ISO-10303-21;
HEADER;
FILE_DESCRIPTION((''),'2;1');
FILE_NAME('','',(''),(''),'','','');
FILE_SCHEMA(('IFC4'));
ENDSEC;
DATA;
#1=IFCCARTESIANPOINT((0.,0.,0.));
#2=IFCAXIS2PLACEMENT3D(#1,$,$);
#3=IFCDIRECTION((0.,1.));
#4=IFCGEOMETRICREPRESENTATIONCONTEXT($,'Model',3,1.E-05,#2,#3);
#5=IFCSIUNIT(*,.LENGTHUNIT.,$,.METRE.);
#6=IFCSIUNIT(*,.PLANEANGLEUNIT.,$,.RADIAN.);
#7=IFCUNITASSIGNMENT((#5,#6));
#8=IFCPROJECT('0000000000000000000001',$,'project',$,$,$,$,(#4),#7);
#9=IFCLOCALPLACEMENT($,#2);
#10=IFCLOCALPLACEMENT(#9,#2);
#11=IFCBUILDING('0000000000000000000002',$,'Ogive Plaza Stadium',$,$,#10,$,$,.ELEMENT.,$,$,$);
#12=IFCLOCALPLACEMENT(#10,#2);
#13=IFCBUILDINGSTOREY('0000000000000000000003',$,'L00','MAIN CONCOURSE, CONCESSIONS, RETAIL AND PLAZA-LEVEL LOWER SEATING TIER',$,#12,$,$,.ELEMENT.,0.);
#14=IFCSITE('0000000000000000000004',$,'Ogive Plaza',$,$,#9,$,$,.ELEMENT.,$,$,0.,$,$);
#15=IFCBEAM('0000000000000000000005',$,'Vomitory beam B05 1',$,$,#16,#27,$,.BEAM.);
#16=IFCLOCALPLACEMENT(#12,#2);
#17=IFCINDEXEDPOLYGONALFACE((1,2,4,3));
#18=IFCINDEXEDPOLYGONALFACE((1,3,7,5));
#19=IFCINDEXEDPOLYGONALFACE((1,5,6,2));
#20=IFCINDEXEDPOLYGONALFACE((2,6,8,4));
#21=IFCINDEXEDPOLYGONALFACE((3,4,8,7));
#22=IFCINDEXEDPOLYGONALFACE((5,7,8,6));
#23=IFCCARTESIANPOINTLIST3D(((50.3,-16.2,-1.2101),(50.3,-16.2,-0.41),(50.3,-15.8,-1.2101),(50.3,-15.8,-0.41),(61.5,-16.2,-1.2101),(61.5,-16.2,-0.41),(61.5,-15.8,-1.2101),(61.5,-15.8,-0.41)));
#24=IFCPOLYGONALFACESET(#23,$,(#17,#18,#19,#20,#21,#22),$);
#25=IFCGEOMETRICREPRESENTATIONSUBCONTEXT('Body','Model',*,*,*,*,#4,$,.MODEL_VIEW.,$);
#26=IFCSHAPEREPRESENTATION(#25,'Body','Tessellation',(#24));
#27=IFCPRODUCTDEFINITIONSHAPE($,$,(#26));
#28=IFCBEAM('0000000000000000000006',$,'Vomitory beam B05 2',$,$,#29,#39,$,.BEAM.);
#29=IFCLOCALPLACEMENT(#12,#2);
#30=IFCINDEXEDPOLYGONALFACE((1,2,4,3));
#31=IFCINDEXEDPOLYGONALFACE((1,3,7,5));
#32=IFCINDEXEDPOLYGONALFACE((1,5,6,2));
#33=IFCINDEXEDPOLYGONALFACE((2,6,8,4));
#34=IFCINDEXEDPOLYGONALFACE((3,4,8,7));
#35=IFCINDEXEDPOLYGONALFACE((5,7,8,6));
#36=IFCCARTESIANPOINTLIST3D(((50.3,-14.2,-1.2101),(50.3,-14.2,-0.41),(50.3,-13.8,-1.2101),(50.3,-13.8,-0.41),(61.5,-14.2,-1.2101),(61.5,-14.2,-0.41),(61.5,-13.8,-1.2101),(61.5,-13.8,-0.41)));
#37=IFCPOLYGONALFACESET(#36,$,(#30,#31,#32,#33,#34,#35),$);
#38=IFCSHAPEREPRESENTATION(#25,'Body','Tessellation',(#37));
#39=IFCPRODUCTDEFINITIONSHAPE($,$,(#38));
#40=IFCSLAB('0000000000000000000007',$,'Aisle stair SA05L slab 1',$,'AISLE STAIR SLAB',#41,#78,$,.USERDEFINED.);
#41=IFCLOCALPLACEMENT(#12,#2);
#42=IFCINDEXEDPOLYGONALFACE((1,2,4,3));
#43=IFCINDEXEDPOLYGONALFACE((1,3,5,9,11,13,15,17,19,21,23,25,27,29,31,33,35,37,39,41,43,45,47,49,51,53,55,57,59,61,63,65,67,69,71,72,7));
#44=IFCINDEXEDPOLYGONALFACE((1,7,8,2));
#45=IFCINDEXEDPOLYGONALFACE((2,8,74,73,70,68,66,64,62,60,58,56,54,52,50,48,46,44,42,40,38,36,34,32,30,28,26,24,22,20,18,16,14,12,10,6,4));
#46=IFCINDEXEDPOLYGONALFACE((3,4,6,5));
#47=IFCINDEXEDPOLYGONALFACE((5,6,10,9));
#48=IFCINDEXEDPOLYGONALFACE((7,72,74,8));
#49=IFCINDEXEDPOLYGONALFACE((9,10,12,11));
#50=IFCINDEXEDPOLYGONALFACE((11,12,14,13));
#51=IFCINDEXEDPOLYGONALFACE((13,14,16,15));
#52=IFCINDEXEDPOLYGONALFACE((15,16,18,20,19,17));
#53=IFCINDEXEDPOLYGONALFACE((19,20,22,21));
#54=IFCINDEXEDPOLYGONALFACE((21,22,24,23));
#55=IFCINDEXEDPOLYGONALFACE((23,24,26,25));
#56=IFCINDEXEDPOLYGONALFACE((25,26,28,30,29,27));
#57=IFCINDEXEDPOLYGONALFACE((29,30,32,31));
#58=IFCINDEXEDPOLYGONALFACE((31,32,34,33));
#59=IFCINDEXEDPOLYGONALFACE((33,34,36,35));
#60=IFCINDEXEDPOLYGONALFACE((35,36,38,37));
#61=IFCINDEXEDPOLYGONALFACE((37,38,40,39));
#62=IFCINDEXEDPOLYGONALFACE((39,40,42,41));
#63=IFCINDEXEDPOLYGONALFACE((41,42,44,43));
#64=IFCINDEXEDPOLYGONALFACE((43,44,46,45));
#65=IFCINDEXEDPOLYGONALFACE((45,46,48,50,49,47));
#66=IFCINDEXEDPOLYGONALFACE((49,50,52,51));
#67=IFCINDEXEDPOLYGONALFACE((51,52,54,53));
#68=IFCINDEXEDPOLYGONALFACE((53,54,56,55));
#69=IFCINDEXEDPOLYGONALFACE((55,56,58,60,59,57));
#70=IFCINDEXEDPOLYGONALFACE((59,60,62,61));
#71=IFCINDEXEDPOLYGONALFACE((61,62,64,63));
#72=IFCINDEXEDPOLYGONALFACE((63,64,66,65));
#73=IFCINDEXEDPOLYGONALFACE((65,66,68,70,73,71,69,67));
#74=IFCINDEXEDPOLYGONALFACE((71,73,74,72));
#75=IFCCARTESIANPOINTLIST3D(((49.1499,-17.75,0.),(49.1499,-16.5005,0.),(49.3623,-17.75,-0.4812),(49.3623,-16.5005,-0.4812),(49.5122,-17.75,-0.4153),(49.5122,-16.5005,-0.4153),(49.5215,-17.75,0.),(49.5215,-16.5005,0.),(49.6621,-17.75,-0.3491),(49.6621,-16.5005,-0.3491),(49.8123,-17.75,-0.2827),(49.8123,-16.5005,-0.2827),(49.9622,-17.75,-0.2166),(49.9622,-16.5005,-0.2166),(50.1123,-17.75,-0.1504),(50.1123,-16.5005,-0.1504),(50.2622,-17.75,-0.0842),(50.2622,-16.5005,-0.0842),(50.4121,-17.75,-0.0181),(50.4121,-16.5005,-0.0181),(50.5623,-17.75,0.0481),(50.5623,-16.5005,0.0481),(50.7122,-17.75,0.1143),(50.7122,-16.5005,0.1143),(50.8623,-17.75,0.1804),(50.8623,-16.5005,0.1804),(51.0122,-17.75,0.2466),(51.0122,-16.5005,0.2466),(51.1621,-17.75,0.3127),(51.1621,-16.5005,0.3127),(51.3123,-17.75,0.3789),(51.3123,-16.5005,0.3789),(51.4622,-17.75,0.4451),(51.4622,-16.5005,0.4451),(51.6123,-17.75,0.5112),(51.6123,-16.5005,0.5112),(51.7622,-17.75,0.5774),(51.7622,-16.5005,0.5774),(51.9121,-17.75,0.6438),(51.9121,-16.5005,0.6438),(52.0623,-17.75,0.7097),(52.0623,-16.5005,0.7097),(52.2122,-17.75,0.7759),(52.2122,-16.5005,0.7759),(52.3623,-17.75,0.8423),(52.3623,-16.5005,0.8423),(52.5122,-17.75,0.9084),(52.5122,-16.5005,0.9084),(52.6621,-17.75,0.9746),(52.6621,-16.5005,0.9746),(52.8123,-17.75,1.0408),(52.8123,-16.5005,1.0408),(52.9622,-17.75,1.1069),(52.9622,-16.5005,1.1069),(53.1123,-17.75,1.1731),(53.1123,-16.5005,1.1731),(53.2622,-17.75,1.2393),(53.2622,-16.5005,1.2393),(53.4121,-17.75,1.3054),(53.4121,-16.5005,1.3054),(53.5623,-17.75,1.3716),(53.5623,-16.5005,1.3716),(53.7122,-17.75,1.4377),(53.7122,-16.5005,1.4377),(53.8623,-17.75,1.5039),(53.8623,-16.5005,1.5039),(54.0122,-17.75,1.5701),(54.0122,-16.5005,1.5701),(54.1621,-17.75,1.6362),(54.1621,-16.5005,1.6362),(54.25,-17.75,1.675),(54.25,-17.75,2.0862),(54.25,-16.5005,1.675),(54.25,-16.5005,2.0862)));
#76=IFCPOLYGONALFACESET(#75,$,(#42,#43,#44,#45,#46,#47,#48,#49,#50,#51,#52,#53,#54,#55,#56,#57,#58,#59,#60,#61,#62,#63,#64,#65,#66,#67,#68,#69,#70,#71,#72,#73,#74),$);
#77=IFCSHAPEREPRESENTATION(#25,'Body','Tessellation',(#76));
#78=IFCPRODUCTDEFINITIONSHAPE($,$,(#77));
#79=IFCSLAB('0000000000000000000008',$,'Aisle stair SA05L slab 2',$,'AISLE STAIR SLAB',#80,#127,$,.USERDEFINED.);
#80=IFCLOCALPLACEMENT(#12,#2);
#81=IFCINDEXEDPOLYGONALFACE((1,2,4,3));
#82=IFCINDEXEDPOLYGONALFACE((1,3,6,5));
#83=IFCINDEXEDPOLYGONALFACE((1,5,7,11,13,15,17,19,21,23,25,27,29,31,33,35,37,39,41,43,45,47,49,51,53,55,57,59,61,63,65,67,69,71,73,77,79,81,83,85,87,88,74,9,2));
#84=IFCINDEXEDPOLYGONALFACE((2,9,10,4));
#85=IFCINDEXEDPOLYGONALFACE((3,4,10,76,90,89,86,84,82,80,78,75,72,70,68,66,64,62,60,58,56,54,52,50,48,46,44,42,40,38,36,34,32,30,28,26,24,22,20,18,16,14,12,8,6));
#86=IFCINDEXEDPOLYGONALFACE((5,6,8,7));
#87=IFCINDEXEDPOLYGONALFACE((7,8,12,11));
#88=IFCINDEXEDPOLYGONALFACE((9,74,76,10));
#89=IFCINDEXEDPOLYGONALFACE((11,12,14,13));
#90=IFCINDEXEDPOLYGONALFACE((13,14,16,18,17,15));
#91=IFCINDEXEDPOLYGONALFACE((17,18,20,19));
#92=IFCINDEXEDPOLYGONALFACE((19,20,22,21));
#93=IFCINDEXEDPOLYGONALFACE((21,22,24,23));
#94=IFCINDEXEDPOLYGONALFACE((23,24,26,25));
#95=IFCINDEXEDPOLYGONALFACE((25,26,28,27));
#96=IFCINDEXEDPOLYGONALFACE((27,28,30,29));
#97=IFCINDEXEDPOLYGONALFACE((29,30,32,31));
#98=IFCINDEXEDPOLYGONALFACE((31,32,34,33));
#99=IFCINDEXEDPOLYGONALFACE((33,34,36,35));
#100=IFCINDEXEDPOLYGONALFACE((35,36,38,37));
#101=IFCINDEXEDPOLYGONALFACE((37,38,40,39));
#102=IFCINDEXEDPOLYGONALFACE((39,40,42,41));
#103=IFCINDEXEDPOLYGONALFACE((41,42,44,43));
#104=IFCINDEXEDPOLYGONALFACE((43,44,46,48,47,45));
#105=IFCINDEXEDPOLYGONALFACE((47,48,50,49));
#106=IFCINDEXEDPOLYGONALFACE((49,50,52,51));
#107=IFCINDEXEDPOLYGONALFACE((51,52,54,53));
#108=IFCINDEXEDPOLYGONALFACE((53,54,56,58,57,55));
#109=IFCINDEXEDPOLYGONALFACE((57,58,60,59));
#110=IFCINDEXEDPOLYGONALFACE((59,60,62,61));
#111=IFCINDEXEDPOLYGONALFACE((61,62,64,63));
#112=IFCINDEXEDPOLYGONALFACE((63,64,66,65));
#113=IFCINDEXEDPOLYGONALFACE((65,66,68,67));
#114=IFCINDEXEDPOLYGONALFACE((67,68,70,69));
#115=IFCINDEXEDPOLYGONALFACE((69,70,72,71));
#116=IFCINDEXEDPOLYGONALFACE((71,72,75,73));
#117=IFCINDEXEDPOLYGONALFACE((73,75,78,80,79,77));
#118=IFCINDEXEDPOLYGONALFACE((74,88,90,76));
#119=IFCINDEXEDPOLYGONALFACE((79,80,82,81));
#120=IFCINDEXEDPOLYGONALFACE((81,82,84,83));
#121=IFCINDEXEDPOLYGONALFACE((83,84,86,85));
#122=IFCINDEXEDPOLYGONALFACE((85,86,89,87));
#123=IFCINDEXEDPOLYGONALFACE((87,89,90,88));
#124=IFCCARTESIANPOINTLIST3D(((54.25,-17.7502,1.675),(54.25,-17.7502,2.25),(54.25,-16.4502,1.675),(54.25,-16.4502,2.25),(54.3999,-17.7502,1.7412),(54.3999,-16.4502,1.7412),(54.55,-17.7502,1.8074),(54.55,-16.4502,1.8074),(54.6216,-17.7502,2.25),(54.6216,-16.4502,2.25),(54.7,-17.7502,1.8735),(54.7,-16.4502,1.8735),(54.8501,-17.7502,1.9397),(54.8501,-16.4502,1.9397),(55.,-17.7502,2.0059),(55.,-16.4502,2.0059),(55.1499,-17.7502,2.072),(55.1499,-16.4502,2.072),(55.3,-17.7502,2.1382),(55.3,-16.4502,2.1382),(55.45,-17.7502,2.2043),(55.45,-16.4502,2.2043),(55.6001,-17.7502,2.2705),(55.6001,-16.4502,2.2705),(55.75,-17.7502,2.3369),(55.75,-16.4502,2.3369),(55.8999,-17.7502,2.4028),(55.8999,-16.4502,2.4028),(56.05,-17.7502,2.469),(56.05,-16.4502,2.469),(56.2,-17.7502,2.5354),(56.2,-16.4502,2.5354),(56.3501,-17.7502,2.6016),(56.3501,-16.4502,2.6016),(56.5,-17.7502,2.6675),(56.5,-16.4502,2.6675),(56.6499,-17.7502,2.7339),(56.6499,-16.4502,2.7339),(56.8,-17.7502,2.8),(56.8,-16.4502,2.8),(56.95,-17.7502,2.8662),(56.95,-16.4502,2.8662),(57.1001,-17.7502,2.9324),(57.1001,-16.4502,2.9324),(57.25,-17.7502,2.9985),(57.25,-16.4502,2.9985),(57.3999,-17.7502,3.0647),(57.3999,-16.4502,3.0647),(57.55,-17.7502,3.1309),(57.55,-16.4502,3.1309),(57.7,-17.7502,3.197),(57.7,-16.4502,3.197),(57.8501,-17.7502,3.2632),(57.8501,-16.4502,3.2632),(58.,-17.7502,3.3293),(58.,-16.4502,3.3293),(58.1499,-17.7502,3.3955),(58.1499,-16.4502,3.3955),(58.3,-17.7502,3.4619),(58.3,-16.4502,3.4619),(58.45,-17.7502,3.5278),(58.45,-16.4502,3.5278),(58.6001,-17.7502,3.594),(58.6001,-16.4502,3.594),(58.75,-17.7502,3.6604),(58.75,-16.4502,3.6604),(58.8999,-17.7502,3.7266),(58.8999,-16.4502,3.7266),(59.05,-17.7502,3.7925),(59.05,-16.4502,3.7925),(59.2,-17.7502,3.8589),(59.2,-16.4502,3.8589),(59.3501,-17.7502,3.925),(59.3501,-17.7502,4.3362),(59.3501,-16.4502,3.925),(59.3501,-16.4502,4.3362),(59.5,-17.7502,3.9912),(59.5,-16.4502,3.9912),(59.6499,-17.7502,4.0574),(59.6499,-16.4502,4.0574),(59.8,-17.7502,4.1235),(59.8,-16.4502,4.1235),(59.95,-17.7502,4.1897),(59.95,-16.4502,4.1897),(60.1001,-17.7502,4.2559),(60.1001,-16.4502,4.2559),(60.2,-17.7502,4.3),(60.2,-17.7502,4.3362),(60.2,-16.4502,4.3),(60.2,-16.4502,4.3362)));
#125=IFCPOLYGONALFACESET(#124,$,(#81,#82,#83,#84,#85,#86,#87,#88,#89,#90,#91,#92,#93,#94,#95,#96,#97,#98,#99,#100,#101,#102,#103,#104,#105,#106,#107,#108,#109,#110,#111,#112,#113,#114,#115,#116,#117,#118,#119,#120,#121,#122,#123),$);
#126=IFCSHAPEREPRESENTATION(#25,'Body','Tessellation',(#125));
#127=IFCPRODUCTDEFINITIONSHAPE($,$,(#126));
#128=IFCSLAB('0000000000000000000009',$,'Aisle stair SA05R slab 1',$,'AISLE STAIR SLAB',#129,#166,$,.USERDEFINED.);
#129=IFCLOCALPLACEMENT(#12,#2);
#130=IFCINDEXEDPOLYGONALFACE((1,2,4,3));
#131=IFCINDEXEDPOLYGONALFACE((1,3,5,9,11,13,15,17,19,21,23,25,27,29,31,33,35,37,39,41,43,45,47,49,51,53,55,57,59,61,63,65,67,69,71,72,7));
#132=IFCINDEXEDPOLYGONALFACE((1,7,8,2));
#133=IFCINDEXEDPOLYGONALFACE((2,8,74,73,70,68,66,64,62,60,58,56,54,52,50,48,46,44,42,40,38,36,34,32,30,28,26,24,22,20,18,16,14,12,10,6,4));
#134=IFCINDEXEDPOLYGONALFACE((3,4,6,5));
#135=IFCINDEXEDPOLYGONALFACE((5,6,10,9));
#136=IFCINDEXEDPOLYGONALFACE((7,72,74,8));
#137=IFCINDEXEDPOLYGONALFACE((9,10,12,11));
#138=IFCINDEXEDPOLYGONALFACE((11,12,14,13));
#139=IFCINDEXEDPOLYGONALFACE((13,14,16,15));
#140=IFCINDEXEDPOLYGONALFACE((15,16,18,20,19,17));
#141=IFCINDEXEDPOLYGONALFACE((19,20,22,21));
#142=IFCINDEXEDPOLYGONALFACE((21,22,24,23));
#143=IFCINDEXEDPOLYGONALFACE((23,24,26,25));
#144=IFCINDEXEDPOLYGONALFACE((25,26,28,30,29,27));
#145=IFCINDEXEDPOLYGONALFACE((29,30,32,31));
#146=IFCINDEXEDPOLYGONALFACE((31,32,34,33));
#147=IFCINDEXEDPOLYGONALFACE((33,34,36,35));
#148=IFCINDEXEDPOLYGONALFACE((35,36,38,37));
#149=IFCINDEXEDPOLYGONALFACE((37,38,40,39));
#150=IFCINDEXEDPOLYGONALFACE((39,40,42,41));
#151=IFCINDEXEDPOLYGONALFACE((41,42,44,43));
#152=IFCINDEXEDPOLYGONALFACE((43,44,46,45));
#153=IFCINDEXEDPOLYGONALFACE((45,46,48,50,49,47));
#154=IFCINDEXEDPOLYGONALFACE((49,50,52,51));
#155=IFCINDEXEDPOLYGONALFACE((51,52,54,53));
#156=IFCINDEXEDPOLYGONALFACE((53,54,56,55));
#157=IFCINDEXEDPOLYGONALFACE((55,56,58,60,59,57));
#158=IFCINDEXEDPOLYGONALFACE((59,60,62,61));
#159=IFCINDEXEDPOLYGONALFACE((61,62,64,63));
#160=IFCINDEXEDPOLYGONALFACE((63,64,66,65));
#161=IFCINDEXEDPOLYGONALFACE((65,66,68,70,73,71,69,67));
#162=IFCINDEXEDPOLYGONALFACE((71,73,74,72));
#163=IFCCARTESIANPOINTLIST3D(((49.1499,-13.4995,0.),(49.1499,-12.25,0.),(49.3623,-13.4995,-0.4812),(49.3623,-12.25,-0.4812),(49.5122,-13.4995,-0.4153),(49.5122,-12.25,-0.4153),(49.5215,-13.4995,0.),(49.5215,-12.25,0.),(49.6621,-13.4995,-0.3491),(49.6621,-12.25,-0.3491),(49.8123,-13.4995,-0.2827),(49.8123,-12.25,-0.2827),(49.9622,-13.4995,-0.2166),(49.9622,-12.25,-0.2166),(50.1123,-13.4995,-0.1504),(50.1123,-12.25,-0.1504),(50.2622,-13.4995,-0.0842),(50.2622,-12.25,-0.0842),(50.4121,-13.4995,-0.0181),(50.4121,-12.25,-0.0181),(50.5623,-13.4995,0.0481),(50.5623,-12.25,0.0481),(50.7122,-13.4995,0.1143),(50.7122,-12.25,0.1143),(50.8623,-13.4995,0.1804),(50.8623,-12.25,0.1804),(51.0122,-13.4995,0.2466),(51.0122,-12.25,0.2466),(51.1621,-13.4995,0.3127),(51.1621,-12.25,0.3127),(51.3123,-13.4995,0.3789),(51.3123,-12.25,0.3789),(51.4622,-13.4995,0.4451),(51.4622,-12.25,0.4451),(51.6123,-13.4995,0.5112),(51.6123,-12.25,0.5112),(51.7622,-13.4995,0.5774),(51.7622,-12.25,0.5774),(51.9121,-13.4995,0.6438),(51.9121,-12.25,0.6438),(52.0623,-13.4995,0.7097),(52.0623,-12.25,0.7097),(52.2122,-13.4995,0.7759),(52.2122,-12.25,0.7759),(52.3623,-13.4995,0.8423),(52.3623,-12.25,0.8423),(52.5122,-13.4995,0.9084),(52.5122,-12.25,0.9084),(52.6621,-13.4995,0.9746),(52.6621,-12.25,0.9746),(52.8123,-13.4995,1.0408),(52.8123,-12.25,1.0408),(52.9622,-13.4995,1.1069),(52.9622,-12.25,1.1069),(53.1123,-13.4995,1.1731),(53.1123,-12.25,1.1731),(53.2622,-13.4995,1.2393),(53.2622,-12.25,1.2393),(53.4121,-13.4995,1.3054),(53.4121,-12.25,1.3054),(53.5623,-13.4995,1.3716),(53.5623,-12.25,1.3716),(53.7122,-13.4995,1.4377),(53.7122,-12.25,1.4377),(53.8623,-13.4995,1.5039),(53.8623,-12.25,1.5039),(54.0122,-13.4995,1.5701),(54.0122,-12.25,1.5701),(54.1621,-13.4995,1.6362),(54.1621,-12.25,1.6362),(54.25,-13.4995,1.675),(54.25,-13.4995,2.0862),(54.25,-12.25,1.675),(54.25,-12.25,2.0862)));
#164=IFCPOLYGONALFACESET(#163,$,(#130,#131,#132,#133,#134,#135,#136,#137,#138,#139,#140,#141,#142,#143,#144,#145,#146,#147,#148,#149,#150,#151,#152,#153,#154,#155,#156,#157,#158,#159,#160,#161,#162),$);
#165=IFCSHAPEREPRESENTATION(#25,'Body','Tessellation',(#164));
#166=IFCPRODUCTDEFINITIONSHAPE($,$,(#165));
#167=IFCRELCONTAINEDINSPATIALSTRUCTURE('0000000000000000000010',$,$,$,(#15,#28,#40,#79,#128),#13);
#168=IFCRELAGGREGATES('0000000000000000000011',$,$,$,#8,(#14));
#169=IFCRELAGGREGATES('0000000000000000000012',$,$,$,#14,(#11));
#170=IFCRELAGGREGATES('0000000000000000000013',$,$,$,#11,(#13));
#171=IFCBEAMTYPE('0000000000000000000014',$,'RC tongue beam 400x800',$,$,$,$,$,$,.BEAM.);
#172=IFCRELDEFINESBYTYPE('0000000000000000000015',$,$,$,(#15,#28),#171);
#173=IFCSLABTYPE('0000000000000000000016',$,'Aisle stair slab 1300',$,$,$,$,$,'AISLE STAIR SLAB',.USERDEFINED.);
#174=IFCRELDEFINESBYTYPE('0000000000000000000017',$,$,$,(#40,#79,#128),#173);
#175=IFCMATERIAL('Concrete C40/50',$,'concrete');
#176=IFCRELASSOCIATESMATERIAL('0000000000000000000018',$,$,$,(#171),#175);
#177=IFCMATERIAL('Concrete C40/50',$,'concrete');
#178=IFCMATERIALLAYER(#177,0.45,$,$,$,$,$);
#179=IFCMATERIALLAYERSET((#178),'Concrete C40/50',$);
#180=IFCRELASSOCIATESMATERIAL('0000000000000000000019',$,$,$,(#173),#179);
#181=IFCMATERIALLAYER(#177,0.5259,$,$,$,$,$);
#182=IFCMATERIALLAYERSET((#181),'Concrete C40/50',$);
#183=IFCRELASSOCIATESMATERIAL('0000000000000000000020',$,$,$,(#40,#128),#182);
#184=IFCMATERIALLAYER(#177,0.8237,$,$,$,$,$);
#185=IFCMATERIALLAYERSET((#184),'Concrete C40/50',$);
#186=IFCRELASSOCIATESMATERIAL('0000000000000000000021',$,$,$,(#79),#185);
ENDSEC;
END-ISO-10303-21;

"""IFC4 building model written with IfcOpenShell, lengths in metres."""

from ifc_helpers import new_model, si_unit, direction, frame, origin, origin_2d, place, context, subcontext, project, spatial, polyline, rectangle, outline, extrude, material, layer, layer_set, material_profile, profile_set, type_object, element, save


model = new_model("IFC4")

# Units and contexts
model_context = context("Model", 3, precision=1e-05, world=origin(), true_north=direction((0.0, 1.0)))
body_context = subcontext(model_context, "Body", "Model", "MODEL_VIEW")
ifc_project = project(units=[si_unit("LENGTHUNIT", "METRE"), si_unit("PLANEANGLEUNIT", "RADIAN")], contexts=[model_context])

# Site, building, storey
site_placement = place(None, origin())
site = spatial("IfcSite", under=ifc_project, at=site_placement, Name="Ogive Plaza", CompositionType="ELEMENT", RefElevation=0.0)
building_placement = place(site_placement, origin())
building = spatial("IfcBuilding", under=site, at=building_placement, Name="Ogive Plaza Stadium", CompositionType="ELEMENT")
storey_placement = place(building_placement, origin())
storey = spatial("IfcBuildingStorey", under=building, at=storey_placement, Name="L00", Description="MAIN CONCOURSE, CONCESSIONS, RETAIL AND PLAZA-LEVEL LOWER SEATING TIER", CompositionType="ELEMENT", Elevation=0.0)

# Beams
ifc_material_1 = material(Name="Concrete C40/50", Category="concrete")
ifc_material_profile = material_profile(ifc_material_1, rectangle(XDim=0.3999, YDim=0.8, at=origin_2d()), Name="RC 400x800")
ifc_profile_set = profile_set([ifc_material_profile], Name="Concrete C40/50")
beam_type = type_object("IfcBeamType", Name="RC tongue beam 400x800", PredefinedType="BEAM", material=ifc_profile_set)
for number, where, z_axis, x_axis, name in (
    (1, (50.3, -16.0, -0.8101), (1.0, 0.0, 0.0), (0.0, 1.0, 0.0), "Vomitory beam B05 1"),
    (2, (50.3, -14.0, -0.8101), (1.0, 0.0, 0.0), (0.0, 1.0, 0.0), "Vomitory beam B05 2"),
):
    element("IfcBeam", number, at=place(storey_placement, frame(where, z_axis=z_axis, x_axis=x_axis)), inside=storey, type_object=beam_type, Name=name, PredefinedType="BEAM", context=body_context, shape_type="SweptSolid", body=[
        extrude(rectangle(XDim=0.3999, YDim=0.8, at=origin_2d()), origin(), (0.0, 0.0, 1.0), 11.2),
    ])

# Slabs
ifc_material_2 = material(Name="Concrete C40/50", Category="concrete")
ifc_layer_1 = layer(ifc_material_2, 0.5259)
ifc_layer_set_1 = layer_set([ifc_layer_1], Name="Concrete C40/50")
ifc_layer_2 = layer(ifc_material_2, 0.45)
ifc_layer_set_2 = layer_set([ifc_layer_2], Name="Concrete C40/50")
slab_type = type_object("IfcSlabType", Name="Aisle stair slab 1300", ElementType="AISLE STAIR SLAB", PredefinedType="USERDEFINED", material=ifc_layer_set_2)
slab_1_placement = place(storey_placement, frame((49.1499, -17.1252, 0.0), z_axis=(0.0, 0.0, 1.0), x_axis=(1.0, 0.0, 0.0)))
element("IfcSlab", 3, at=slab_1_placement, inside=storey, type_object=slab_type, material=ifc_layer_set_1, Name="Aisle stair SA05L slab 1", ObjectType="AISLE STAIR SLAB", PredefinedType="USERDEFINED", context=body_context, shape_type="SweptSolid", body=[
    extrude(outline(polyline([(0.0, 0.0), (0.3716, 0.0), (5.1001, 2.0862), (5.1001, 1.675), (5.0122, 1.6362), (4.8623, 1.5701), (4.7124, 1.5039), (4.5623, 1.4377), (4.4124, 1.3716), (4.2622, 1.3054), (4.1123, 1.2393), (3.9624, 1.1731), (3.8123, 1.1069), (3.6624, 1.0408), (3.5122, 0.9746), (3.3623, 0.9084), (3.2124, 0.8423), (3.0623, 0.7759), (2.9124, 0.7097), (2.7622, 0.6438), (2.6123, 0.5774), (2.4624, 0.5112), (2.3123, 0.4451), (2.1624, 0.3789), (2.0122, 0.3127), (1.8623, 0.2466), (1.7124, 0.1804), (1.5623, 0.1143), (1.4124, 0.0481), (1.2622, -0.0181), (1.1123, -0.0842), (0.9624, -0.1504), (0.8123, -0.2166), (0.6624, -0.2827), (0.5122, -0.3491), (0.3623, -0.4153), (0.2124, -0.4812), (0.0, 0.0)])), frame((0.0, 0.6248, 0.0), z_axis=(0.0, -1.0, 0.0), x_axis=(1.0, 0.0, 0.0)), (0.0, 0.0, 1.0), 1.2495),
])
ifc_layer_3 = layer(ifc_material_2, 0.8237)
ifc_layer_set_3 = layer_set([ifc_layer_3], Name="Concrete C40/50")
slab_2_placement = place(storey_placement, frame((54.25, -17.1001, 0.0), z_axis=(0.0, 0.0, 1.0), x_axis=(1.0, 0.0, 0.0)))
element("IfcSlab", 4, at=slab_2_placement, inside=storey, type_object=slab_type, material=ifc_layer_set_3, Name="Aisle stair SA05L slab 2", ObjectType="AISLE STAIR SLAB", PredefinedType="USERDEFINED", context=body_context, shape_type="SweptSolid", body=[
    extrude(outline(polyline([(0.0, 2.25), (0.3716, 2.25), (5.1001, 4.3362), (5.95, 4.3362), (5.95, 4.3), (5.8501, 4.2559), (5.7, 4.1897), (5.55, 4.1235), (5.3999, 4.0574), (5.25, 3.9912), (5.1001, 3.925), (4.95, 3.8589), (4.8, 3.7925), (4.6499, 3.7266), (4.5, 3.6604), (4.3501, 3.594), (4.2, 3.5278), (4.05, 3.4619), (3.8999, 3.3955), (3.75, 3.3293), (3.6001, 3.2632), (3.45, 3.197), (3.3, 3.1309), (3.1499, 3.0647), (3.0, 2.9985), (2.8501, 2.9324), (2.7, 2.8662), (2.55, 2.8), (2.3999, 2.7339), (2.25, 2.6675), (2.1001, 2.6016), (1.95, 2.5354), (1.8, 2.469), (1.6499, 2.4028), (1.5, 2.3369), (1.3501, 2.2705), (1.2, 2.2043), (1.05, 2.1382), (0.8999, 2.072), (0.75, 2.0059), (0.6001, 1.9397), (0.45, 1.8735), (0.3, 1.8074), (0.1499, 1.7412), (0.0, 1.675), (0.0, 2.25)])), frame((0.0, 0.6499, 0.0), z_axis=(0.0, -1.0, 0.0), x_axis=(1.0, 0.0, 0.0)), (0.0, 0.0, 1.0), 1.3),
])
slab_3_placement = place(storey_placement, frame((49.1499, -12.8748, 0.0), z_axis=(0.0, 0.0, 1.0), x_axis=(1.0, 0.0, 0.0)))
element("IfcSlab", 5, at=slab_3_placement, inside=storey, type_object=slab_type, material=ifc_layer_set_1, Name="Aisle stair SA05R slab 1", ObjectType="AISLE STAIR SLAB", PredefinedType="USERDEFINED", context=body_context, shape_type="SweptSolid", body=[
    extrude(outline(polyline([(0.0, 0.0), (0.3716, 0.0), (5.1001, 2.0862), (5.1001, 1.675), (5.0122, 1.6362), (4.8623, 1.5701), (4.7124, 1.5039), (4.5623, 1.4377), (4.4124, 1.3716), (4.2622, 1.3054), (4.1123, 1.2393), (3.9624, 1.1731), (3.8123, 1.1069), (3.6624, 1.0408), (3.5122, 0.9746), (3.3623, 0.9084), (3.2124, 0.8423), (3.0623, 0.7759), (2.9124, 0.7097), (2.7622, 0.6438), (2.6123, 0.5774), (2.4624, 0.5112), (2.3123, 0.4451), (2.1624, 0.3789), (2.0122, 0.3127), (1.8623, 0.2466), (1.7124, 0.1804), (1.5623, 0.1143), (1.4124, 0.0481), (1.2622, -0.0181), (1.1123, -0.0842), (0.9624, -0.1504), (0.8123, -0.2166), (0.6624, -0.2827), (0.5122, -0.3491), (0.3623, -0.4153), (0.2124, -0.4812), (0.0, 0.0)])), frame((0.0, 0.6248, 0.0), z_axis=(0.0, -1.0, 0.0), x_axis=(1.0, 0.0, 0.0)), (0.0, 0.0, 1.0), 1.2495),
])

save(model, "model.ifc")
